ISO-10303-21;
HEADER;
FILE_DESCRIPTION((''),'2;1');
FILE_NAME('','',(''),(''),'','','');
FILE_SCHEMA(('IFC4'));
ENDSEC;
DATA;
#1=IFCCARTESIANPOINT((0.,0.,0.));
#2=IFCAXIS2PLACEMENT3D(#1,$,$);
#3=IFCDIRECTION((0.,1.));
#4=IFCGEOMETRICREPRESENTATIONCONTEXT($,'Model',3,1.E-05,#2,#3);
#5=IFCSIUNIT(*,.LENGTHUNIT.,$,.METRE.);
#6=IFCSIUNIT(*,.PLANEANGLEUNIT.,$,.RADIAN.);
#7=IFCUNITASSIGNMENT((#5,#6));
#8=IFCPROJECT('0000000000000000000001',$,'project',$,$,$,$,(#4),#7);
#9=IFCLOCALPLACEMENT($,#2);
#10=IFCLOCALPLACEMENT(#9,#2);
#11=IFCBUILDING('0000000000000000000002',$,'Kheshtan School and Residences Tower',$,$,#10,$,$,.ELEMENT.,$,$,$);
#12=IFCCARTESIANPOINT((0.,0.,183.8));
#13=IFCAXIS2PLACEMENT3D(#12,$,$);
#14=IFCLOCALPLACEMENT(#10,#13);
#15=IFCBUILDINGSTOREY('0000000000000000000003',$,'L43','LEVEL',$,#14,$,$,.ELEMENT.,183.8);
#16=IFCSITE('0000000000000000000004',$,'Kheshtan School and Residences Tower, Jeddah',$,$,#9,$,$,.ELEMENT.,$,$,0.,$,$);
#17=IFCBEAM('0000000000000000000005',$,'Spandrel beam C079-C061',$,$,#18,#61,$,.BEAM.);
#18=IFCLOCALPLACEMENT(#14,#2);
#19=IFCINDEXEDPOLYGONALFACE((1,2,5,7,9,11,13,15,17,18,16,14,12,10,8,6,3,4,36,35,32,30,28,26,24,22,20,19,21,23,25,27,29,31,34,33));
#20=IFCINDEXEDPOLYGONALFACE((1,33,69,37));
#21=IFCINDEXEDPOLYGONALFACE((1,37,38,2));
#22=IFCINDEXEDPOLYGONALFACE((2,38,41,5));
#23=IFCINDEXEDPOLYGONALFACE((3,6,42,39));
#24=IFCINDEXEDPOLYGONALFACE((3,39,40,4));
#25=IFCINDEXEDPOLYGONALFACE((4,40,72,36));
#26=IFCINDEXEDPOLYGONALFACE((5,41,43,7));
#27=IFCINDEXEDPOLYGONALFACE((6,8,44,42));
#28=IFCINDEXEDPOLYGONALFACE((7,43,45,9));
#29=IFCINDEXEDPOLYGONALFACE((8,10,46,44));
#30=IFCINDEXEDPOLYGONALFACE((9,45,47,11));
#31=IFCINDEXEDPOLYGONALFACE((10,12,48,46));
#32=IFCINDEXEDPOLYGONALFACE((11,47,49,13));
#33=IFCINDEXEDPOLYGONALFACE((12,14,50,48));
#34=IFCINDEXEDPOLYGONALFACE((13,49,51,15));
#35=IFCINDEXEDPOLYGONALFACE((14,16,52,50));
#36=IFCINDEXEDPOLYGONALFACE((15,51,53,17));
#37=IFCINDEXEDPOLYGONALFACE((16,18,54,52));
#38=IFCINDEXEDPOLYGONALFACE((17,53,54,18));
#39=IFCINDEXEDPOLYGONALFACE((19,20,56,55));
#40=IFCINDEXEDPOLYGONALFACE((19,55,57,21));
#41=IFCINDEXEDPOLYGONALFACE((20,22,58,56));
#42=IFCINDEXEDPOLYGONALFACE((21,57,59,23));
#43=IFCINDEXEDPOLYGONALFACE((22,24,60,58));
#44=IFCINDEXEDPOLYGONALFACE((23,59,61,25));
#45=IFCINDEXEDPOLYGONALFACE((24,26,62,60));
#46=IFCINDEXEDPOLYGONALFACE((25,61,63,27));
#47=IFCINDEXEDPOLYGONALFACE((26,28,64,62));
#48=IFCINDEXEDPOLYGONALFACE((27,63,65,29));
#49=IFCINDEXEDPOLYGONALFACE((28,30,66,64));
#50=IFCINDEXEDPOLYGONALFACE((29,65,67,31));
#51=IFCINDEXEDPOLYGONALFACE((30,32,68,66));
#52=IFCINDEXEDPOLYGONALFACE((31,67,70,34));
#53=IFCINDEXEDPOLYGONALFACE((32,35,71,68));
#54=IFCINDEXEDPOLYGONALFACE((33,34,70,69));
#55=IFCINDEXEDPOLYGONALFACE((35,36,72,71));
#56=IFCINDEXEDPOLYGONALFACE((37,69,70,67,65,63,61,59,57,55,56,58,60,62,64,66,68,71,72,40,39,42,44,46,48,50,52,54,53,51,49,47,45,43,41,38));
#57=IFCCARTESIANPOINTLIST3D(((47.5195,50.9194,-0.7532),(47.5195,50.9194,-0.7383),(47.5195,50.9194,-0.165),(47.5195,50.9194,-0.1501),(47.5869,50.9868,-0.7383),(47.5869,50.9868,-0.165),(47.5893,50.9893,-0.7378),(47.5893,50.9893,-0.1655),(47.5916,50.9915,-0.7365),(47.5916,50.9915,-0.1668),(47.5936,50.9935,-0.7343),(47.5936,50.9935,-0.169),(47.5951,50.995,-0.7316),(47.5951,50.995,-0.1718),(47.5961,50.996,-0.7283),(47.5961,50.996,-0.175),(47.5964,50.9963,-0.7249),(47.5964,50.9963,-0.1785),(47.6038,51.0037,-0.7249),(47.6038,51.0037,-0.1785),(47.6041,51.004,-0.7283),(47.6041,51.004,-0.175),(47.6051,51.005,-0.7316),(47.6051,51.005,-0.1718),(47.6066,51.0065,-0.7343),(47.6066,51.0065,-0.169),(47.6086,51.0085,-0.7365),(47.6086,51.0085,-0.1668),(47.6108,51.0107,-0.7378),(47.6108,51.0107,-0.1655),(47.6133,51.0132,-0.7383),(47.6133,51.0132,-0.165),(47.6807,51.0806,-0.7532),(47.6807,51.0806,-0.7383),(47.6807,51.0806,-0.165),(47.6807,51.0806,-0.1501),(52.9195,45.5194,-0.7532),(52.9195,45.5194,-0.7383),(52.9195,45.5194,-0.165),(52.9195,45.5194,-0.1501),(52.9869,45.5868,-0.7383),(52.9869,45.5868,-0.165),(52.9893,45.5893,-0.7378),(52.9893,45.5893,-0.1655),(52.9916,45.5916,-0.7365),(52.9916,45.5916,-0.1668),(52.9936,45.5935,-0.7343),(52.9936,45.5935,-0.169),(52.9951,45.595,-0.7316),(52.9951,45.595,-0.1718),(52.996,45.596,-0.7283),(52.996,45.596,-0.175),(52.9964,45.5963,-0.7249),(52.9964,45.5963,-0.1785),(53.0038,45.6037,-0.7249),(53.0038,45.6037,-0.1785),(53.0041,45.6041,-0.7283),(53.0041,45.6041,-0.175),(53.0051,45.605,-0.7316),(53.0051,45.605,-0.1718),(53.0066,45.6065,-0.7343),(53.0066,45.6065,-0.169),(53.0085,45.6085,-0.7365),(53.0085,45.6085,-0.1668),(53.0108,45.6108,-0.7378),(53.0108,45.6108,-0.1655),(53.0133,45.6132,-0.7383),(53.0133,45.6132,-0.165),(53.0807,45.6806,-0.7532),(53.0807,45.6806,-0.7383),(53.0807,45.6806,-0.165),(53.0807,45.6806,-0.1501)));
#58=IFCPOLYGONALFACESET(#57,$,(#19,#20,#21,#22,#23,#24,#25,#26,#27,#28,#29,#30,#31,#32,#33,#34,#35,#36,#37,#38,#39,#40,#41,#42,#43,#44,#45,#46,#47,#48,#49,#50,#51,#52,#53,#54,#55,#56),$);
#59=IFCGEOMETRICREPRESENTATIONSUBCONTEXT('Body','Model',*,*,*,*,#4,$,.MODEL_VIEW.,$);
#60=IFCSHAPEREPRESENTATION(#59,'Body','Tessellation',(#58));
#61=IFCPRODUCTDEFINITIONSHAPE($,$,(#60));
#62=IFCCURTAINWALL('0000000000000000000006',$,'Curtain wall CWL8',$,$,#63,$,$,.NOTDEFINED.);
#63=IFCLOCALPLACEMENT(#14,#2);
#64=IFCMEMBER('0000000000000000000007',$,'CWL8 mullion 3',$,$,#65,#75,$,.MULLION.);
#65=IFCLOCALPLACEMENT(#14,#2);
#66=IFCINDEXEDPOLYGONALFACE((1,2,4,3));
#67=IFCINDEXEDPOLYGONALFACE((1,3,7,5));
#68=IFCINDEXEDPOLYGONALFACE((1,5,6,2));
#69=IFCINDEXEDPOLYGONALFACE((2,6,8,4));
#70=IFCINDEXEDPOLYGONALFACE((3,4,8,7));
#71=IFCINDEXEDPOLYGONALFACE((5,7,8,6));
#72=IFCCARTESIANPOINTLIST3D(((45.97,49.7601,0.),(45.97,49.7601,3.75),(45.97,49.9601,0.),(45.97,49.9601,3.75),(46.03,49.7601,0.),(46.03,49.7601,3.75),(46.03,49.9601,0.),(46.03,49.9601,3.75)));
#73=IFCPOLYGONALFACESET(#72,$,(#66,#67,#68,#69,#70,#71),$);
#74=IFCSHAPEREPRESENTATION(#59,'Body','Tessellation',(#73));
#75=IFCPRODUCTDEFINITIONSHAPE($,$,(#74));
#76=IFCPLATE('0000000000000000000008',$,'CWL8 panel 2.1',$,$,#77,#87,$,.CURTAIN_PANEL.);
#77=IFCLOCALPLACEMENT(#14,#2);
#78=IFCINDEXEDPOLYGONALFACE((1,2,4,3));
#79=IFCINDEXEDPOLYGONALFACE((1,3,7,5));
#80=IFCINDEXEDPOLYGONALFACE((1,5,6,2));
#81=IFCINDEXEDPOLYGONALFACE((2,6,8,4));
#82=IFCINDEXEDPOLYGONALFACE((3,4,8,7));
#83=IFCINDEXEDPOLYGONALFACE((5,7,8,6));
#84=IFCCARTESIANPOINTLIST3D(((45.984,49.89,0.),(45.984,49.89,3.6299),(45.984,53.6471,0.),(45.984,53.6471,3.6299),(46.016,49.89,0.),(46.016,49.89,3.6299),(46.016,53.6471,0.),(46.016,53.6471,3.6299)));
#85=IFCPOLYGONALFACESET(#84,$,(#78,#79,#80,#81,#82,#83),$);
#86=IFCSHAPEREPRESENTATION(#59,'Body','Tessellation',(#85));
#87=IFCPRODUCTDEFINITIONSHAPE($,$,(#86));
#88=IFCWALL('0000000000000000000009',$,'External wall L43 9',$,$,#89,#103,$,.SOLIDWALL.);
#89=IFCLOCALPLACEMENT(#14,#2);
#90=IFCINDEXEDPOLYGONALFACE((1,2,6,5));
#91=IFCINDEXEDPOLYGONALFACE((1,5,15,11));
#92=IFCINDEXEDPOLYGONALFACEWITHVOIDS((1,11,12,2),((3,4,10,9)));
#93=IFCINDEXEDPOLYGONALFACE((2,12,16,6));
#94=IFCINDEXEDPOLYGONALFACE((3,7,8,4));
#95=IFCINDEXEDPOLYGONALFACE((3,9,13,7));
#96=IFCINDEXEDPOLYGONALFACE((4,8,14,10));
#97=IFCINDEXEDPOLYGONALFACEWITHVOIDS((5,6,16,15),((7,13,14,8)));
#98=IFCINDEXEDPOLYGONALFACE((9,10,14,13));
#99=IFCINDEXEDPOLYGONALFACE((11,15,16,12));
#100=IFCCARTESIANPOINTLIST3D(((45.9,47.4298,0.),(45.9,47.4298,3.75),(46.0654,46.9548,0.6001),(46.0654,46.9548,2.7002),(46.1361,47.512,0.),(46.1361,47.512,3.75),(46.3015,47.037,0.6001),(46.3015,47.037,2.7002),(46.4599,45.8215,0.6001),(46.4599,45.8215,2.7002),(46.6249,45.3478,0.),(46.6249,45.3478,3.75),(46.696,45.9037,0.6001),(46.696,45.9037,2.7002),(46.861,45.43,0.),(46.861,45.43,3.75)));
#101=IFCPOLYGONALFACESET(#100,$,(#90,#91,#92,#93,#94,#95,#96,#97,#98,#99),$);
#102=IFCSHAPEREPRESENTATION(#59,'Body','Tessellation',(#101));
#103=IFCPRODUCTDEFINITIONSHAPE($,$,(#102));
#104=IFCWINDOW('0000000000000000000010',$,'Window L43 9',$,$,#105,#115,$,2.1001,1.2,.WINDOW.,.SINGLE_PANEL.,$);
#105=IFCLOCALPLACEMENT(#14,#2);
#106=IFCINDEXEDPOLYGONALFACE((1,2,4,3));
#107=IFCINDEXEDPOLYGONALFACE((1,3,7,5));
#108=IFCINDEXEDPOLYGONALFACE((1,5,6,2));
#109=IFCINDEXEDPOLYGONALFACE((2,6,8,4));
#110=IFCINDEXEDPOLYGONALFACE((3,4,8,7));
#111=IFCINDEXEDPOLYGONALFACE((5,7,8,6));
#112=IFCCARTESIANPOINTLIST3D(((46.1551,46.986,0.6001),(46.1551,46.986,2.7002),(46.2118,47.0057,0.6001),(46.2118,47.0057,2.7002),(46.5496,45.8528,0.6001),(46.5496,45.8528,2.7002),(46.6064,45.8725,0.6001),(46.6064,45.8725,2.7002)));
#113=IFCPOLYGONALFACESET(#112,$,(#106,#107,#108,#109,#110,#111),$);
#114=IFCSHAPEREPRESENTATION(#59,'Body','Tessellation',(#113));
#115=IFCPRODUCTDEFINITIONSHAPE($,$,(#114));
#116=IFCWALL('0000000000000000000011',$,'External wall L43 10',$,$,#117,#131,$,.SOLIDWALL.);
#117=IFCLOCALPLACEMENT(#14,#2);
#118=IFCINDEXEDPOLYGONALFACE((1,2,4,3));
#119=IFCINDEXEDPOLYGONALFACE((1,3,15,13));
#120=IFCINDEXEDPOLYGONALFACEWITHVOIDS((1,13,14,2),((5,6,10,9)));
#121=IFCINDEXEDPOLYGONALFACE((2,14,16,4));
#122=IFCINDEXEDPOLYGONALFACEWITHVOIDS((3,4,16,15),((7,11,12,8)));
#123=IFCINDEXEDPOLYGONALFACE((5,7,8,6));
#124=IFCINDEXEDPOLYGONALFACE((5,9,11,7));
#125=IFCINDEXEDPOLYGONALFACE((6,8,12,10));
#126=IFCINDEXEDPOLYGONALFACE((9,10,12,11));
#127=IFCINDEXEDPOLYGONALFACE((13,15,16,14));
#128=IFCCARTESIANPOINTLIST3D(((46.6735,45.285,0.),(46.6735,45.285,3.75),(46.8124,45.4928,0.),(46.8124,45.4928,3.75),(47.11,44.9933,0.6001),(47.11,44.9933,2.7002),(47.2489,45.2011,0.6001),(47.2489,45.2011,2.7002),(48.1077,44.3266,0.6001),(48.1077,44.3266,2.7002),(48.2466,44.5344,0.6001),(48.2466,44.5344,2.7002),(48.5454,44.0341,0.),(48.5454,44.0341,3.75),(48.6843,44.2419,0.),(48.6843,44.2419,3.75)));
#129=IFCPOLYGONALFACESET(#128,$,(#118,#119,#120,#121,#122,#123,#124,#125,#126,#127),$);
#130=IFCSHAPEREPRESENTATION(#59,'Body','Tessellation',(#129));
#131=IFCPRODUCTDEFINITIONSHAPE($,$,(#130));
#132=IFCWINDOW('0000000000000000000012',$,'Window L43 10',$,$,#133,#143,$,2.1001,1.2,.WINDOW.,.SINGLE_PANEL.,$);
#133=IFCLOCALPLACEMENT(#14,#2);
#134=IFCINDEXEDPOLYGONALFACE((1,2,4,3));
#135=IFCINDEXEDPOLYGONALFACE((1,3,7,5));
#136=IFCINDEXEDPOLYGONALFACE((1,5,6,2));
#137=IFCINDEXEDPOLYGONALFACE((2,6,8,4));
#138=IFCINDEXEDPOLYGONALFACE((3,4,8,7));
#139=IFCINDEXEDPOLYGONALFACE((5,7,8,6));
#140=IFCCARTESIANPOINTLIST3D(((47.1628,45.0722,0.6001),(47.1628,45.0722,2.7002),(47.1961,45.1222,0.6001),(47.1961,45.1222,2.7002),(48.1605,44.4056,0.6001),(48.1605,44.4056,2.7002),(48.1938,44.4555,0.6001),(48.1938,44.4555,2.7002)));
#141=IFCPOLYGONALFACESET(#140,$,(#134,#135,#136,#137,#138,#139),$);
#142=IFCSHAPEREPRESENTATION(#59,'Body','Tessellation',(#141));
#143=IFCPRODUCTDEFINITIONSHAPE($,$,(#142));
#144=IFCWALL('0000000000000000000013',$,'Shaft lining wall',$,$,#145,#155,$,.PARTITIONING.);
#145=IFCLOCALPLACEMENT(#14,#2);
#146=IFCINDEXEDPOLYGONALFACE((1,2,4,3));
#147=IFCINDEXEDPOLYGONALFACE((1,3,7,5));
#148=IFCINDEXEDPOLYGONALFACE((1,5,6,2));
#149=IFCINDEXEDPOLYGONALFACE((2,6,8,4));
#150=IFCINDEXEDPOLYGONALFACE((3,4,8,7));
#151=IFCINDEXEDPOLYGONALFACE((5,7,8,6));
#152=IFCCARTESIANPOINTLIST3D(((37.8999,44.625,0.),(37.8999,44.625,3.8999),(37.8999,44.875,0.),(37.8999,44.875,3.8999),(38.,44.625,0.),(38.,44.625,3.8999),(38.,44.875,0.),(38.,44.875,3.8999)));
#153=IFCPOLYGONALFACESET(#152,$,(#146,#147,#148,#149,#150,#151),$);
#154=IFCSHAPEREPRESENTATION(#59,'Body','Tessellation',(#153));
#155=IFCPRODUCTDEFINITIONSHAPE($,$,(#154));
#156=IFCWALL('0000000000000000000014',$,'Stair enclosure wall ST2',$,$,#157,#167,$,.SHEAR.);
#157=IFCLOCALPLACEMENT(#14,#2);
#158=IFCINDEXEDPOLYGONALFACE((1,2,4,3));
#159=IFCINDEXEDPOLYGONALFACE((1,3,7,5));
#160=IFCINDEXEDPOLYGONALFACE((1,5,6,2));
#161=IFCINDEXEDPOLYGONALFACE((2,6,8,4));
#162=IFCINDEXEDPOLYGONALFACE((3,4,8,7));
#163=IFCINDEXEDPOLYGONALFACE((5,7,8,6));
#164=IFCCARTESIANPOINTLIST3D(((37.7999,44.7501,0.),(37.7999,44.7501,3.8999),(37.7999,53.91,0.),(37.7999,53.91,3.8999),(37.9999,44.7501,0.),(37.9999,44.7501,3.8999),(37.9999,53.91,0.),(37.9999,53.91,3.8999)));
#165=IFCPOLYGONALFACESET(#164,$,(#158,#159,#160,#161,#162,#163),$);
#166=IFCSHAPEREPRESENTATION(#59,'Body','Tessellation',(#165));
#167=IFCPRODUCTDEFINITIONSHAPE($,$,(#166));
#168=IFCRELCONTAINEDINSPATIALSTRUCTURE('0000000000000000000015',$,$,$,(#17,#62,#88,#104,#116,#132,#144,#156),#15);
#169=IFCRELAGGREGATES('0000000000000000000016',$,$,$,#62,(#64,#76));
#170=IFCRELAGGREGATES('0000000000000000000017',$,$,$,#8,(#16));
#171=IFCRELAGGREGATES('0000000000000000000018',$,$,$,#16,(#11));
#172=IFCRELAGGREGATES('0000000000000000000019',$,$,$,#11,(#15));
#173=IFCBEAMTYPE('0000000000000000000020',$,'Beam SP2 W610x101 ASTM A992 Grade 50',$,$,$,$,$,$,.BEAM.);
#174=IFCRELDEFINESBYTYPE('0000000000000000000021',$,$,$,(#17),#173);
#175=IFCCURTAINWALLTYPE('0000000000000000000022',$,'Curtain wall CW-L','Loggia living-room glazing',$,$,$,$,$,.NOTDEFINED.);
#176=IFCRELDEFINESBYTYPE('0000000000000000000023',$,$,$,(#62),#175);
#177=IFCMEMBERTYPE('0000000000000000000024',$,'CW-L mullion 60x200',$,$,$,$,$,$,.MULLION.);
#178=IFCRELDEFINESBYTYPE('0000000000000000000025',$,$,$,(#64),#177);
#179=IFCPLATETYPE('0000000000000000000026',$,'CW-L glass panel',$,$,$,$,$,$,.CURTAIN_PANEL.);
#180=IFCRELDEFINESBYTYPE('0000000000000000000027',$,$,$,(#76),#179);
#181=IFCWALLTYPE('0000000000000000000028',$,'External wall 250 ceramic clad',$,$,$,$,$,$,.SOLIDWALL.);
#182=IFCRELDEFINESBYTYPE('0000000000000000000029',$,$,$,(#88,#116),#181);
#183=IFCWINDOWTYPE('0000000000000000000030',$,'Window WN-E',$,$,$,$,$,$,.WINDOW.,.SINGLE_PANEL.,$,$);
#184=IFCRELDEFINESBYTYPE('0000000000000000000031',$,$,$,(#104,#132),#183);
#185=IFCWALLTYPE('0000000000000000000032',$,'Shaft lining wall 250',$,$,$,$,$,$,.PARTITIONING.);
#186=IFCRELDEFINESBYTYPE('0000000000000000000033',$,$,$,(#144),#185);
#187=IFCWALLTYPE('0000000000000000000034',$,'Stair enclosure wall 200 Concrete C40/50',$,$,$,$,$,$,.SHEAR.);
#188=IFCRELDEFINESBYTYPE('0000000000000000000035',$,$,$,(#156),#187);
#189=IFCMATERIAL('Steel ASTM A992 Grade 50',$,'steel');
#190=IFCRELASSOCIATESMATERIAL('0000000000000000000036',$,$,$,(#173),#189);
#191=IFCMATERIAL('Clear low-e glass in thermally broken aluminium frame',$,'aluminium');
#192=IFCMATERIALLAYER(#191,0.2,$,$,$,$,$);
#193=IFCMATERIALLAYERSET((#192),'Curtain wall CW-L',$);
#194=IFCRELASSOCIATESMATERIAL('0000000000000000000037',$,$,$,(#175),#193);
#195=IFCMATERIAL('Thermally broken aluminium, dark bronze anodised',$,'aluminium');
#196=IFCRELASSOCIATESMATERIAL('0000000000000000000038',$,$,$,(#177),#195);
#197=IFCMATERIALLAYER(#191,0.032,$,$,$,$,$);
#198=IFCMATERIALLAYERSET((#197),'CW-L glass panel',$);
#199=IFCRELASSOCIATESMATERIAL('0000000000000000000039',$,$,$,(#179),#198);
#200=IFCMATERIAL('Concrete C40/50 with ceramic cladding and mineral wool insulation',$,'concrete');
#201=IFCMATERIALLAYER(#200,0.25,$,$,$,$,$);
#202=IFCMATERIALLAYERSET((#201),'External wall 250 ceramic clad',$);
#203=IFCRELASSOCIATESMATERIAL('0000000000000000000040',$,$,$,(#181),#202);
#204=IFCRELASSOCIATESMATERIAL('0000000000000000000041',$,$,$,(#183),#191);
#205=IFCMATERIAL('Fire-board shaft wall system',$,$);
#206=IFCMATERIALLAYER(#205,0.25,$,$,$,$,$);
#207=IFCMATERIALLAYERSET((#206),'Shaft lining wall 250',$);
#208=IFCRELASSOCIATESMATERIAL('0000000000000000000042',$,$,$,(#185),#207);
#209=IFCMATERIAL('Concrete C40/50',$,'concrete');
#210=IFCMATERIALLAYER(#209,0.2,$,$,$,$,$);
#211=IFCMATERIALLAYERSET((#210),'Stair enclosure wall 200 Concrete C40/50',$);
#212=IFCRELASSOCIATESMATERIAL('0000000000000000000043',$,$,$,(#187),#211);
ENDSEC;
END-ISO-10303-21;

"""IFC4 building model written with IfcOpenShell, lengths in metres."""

from ifc_helpers import new_model, si_unit, direction, frame, frame_2d, origin, origin_2d, place, context, subcontext, project, spatial, rectangle, i_section, extrude, source, transform, mapped, material, layer, layer_set, material_profile, profile_set, type_object, element, fill, aggregate, save


model = new_model("IFC4")

# Units and contexts
model_context = context("Model", 3, precision=1e-05, world=origin(), true_north=direction((0.0, 1.0)))
body_context = subcontext(model_context, "Body", "Model", "MODEL_VIEW")
ifc_project = project(units=[si_unit("LENGTHUNIT", "METRE"), si_unit("PLANEANGLEUNIT", "RADIAN")], contexts=[model_context])

# Site, building, storey
site_placement = place(None, origin())
site = spatial("IfcSite", under=ifc_project, at=site_placement, Name="Kheshtan School and Residences Tower, Jeddah", CompositionType="ELEMENT", RefElevation=0.0)
building_placement = place(site_placement, origin())
building = spatial("IfcBuilding", under=site, at=building_placement, Name="Kheshtan School and Residences Tower", CompositionType="ELEMENT")
storey_placement = place(building_placement, frame((0.0, 0.0, 183.8)))
storey = spatial("IfcBuildingStorey", under=building, at=storey_placement, Name="L43", Description="LEVEL", CompositionType="ELEMENT", Elevation=183.8)

# Shared definitions
ifc_material_1 = material(Name="Steel ASTM A992 Grade 50", Category="steel")

# Beam
ifc_material_profile_1 = material_profile(ifc_material_1, i_section(OverallWidth=0.228, OverallDepth=0.603, WebThickness=0.0105, FlangeThickness=0.0149, FilletRadius=0.0134, at=origin_2d()), Name="W610x101")
ifc_profile_set_1 = profile_set([ifc_material_profile_1], Name="Steel ASTM A992 Grade 50")
beam_type_1 = type_object("IfcBeamType", Name="Beam SP2 W610x101 ASTM A992 Grade 50", PredefinedType="BEAM", material=ifc_profile_set_1)
beam_1_placement = place(storey_placement, frame((47.6001, 51.0, -0.4517), z_axis=(0.707107, -0.707107, 0.0), x_axis=(0.707107, 0.707107, 0.0)))
element("IfcBeam", 1, at=beam_1_placement, inside=storey, type_object=beam_type_1, Name="Spandrel beam C079-C061", PredefinedType="BEAM", context=body_context, shape_type="SweptSolid", body=[
    extrude(i_section(OverallWidth=0.228, OverallDepth=0.603, WebThickness=0.0105, FlangeThickness=0.0149, FilletRadius=0.0134, at=origin_2d()), origin(), (0.0, 0.0, 1.0), 7.6367),
])

# Curtain wall, member, plate
ifc_material_2 = material(Name="Clear low-e glass in thermally broken aluminium frame", Category="aluminium")
ifc_layer_1 = layer(ifc_material_2, 0.2)
ifc_layer_set_1 = layer_set([ifc_layer_1], Name="Curtain wall CW-L")
curtain_wall_type = type_object("IfcCurtainWallType", Name="Curtain wall CW-L", Description="Loggia living-room glazing", PredefinedType="NOTDEFINED", material=ifc_layer_set_1)
curtain_wall_placement = place(storey_placement, origin())
curtain_wall = element("IfcCurtainWall", 2, at=curtain_wall_placement, inside=storey, type_object=curtain_wall_type, Name="Curtain wall CWL8", PredefinedType="NOTDEFINED")
ifc_material_3 = material(Name="Thermally broken aluminium, dark bronze anodised", Category="aluminium")
ifc_material_profile_2 = material_profile(ifc_material_3, rectangle(XDim=0.0601, YDim=0.2, at=origin_2d()), Name="CW-L mullion 60x200")
ifc_profile_set_2 = profile_set([ifc_material_profile_2], Name="Thermally broken aluminium, dark bronze anodised")
member_type = type_object("IfcMemberType", Name="CW-L mullion 60x200", PredefinedType="MULLION", material=ifc_profile_set_2)
member_placement = place(storey_placement, frame((46.0, 49.8601, 0.0), z_axis=(0.0, 0.0, 1.0), x_axis=(1.0, 0.0, 0.0)))
member = element("IfcMember", 3, at=member_placement, type_object=member_type, Name="CWL8 mullion 3", PredefinedType="MULLION", context=body_context, shape_type="SweptSolid", body=[
    extrude(rectangle(XDim=0.0601, YDim=0.2, at=origin_2d()), origin(), (0.0, 0.0, 1.0), 3.75),
])
ifc_layer_2 = layer(ifc_material_2, 0.032)
ifc_layer_set_2 = layer_set([ifc_layer_2], Name="CW-L glass panel")
plate_type = type_object("IfcPlateType", Name="CW-L glass panel", PredefinedType="CURTAIN_PANEL", material=ifc_layer_set_2)
plate_placement = place(storey_placement, frame((46.0, 51.7686, 0.0), z_axis=(0.0, 0.0, 1.0), x_axis=(0.0, -1.0, 0.0)))
plate = element("IfcPlate", 4, at=plate_placement, type_object=plate_type, Name="CWL8 panel 2.1", PredefinedType="CURTAIN_PANEL", context=body_context, shape_type="SweptSolid", body=[
    extrude(rectangle(XDim=3.7571, YDim=0.032, at=origin_2d()), origin(), (0.0, 0.0, 1.0), 3.6299),
])
aggregate(curtain_wall, [member, plate])

# Walls, openings, windows
ifc_material_4 = material(Name="Concrete C40/50 with ceramic cladding and mineral wool insulation", Category="concrete")
ifc_layer_3 = layer(ifc_material_4, 0.25)
ifc_layer_set_3 = layer_set([ifc_layer_3], Name="External wall 250 ceramic clad")
wall_type_1 = type_object("IfcWallType", Name="External wall 250 ceramic clad", PredefinedType="SOLIDWALL", material=ifc_layer_set_3)
wall_1_placement = place(storey_placement, frame((46.0181, 47.4709, 0.0), z_axis=(0.0, 0.0, 1.0), x_axis=(0.328791, -0.944403, 0.0)))
wall_1 = element("IfcWall", 5, at=wall_1_placement, inside=storey, type_object=wall_type_1, Name="External wall L43 9", PredefinedType="SOLIDWALL", context=body_context, shape_type="SweptSolid", body=[
    extrude(rectangle(XDim=2.2046, YDim=0.25, at=frame_2d((1.1023, 0.0))), origin(), (0.0, 0.0, 1.0), 3.75),
])
opening_1_placement = place(wall_1_placement, frame((0.5029, 0.0, 0.6001)))
opening_1 = element("IfcOpeningElement", 6, at=opening_1_placement, cuts=wall_1, PredefinedType="OPENING", context=body_context, shape_type="SweptSolid", body=[
    extrude(rectangle(XDim=1.2, YDim=2.1001, at=frame_2d((0.6001, 1.05))), frame((0.0, 0.135, 0.0), z_axis=(0.0, -1.0, 0.0), x_axis=(1.0, 0.0, 0.0)), (0.0, 0.0, 1.0), 0.27),
])
window_type = type_object("IfcWindowType", Name="Window WN-E", PartitioningType="SINGLE_PANEL", PredefinedType="WINDOW", material=ifc_material_2)
shared_shape_1 = source(origin(), body_context, "Body", "SweptSolid", [
    extrude(rectangle(XDim=1.2, YDim=2.1001, at=frame_2d((0.6001, 1.05))), frame((0.0, 0.03, 0.0), z_axis=(0.0, -1.0, 0.0), x_axis=(1.0, 0.0, 0.0)), (0.0, 0.0, 1.0), 0.0601),
])
window_1_placement = place(opening_1_placement, origin())
window_1 = element("IfcWindow", 7, at=window_1_placement, inside=storey, type_object=window_type, Name="Window L43 9", OverallHeight=2.1001, OverallWidth=1.2, PartitioningType="SINGLE_PANEL", PredefinedType="WINDOW", context=body_context, shape_type="MappedRepresentation", body=[
    mapped(shared_shape_1, transform((0.0, 0.0, 0.0), x_axis=(1.0, 0.0, 0.0), y_axis=(0.0, 1.0, 0.0), z_axis=(0.0, 0.0, 1.0), scale=1.0)),
])
fill(opening_1, window_1)
wall_2_placement = place(storey_placement, frame((46.7429, 45.3889, 0.0), z_axis=(0.0, 0.0, 1.0), x_axis=(0.831449, -0.555601, 0.0)))
wall_2 = element("IfcWall", 8, at=wall_2_placement, inside=storey, type_object=wall_type_1, Name="External wall L43 10", PredefinedType="SOLIDWALL", context=body_context, shape_type="SweptSolid", body=[
    extrude(rectangle(XDim=2.2515, YDim=0.25, at=frame_2d((1.1257, 0.0))), origin(), (0.0, 0.0, 1.0), 3.75),
])
opening_2_placement = place(wall_2_placement, frame((0.5249, 0.0, 0.6001)))
opening_2 = element("IfcOpeningElement", 9, at=opening_2_placement, cuts=wall_2, PredefinedType="OPENING", context=body_context, shape_type="SweptSolid", body=[
    extrude(rectangle(XDim=1.2, YDim=2.1001, at=frame_2d((0.6001, 1.05))), frame((0.0, 0.135, 0.0), z_axis=(0.0, -1.0, 0.0), x_axis=(1.0, 0.0, 0.0)), (0.0, 0.0, 1.0), 0.27),
])
window_2_placement = place(opening_2_placement, origin())
window_2 = element("IfcWindow", 10, at=window_2_placement, inside=storey, type_object=window_type, Name="Window L43 10", OverallHeight=2.1001, OverallWidth=1.2, PartitioningType="SINGLE_PANEL", PredefinedType="WINDOW", context=body_context, shape_type="MappedRepresentation", body=[
    mapped(shared_shape_1, transform((0.0, 0.0, 0.0), x_axis=(1.0, 0.0, 0.0), y_axis=(0.0, 1.0, 0.0), z_axis=(0.0, 0.0, 1.0), scale=1.0)),
])
fill(opening_2, window_2)

# Walls
ifc_material_5 = material(Name="Fire-board shaft wall system")
ifc_layer_4 = layer(ifc_material_5, 0.25)
ifc_layer_set_4 = layer_set([ifc_layer_4], Name="Shaft lining wall 250")
wall_type_2 = type_object("IfcWallType", Name="Shaft lining wall 250", PredefinedType="PARTITIONING", material=ifc_layer_set_4)
wall_3_placement = place(storey_placement, frame((37.8999, 44.75, 0.0), z_axis=(0.0, 0.0, 1.0), x_axis=(1.0, 0.0, 0.0)))
element("IfcWall", 11, at=wall_3_placement, inside=storey, type_object=wall_type_2, Name="Shaft lining wall", PredefinedType="PARTITIONING", context=body_context, shape_type="SweptSolid", body=[
    extrude(rectangle(XDim=0.1001, YDim=0.25, at=frame_2d((0.05, 0.0))), origin(), (0.0, 0.0, 1.0), 3.8999),
])
ifc_material_6 = material(Name="Concrete C40/50", Category="concrete")
ifc_layer_5 = layer(ifc_material_6, 0.2)
ifc_layer_set_5 = layer_set([ifc_layer_5], Name="Stair enclosure wall 200 Concrete C40/50")
wall_type_3 = type_object("IfcWallType", Name="Stair enclosure wall 200 Concrete C40/50", PredefinedType="SHEAR", material=ifc_layer_set_5)
wall_4_placement = place(storey_placement, frame((37.8999, 44.75, 0.0), z_axis=(0.0, 0.0, 1.0), x_axis=(0.0, 1.0, 0.0)))
element("IfcWall", 12, at=wall_4_placement, inside=storey, type_object=wall_type_3, Name="Stair enclosure wall ST2", PredefinedType="SHEAR", context=body_context, shape_type="SweptSolid", body=[
    extrude(rectangle(XDim=9.1599, YDim=0.2, at=frame_2d((4.5801, 0.0))), origin(), (0.0, 0.0, 1.0), 3.8999),
])

save(model, "model.ifc")
